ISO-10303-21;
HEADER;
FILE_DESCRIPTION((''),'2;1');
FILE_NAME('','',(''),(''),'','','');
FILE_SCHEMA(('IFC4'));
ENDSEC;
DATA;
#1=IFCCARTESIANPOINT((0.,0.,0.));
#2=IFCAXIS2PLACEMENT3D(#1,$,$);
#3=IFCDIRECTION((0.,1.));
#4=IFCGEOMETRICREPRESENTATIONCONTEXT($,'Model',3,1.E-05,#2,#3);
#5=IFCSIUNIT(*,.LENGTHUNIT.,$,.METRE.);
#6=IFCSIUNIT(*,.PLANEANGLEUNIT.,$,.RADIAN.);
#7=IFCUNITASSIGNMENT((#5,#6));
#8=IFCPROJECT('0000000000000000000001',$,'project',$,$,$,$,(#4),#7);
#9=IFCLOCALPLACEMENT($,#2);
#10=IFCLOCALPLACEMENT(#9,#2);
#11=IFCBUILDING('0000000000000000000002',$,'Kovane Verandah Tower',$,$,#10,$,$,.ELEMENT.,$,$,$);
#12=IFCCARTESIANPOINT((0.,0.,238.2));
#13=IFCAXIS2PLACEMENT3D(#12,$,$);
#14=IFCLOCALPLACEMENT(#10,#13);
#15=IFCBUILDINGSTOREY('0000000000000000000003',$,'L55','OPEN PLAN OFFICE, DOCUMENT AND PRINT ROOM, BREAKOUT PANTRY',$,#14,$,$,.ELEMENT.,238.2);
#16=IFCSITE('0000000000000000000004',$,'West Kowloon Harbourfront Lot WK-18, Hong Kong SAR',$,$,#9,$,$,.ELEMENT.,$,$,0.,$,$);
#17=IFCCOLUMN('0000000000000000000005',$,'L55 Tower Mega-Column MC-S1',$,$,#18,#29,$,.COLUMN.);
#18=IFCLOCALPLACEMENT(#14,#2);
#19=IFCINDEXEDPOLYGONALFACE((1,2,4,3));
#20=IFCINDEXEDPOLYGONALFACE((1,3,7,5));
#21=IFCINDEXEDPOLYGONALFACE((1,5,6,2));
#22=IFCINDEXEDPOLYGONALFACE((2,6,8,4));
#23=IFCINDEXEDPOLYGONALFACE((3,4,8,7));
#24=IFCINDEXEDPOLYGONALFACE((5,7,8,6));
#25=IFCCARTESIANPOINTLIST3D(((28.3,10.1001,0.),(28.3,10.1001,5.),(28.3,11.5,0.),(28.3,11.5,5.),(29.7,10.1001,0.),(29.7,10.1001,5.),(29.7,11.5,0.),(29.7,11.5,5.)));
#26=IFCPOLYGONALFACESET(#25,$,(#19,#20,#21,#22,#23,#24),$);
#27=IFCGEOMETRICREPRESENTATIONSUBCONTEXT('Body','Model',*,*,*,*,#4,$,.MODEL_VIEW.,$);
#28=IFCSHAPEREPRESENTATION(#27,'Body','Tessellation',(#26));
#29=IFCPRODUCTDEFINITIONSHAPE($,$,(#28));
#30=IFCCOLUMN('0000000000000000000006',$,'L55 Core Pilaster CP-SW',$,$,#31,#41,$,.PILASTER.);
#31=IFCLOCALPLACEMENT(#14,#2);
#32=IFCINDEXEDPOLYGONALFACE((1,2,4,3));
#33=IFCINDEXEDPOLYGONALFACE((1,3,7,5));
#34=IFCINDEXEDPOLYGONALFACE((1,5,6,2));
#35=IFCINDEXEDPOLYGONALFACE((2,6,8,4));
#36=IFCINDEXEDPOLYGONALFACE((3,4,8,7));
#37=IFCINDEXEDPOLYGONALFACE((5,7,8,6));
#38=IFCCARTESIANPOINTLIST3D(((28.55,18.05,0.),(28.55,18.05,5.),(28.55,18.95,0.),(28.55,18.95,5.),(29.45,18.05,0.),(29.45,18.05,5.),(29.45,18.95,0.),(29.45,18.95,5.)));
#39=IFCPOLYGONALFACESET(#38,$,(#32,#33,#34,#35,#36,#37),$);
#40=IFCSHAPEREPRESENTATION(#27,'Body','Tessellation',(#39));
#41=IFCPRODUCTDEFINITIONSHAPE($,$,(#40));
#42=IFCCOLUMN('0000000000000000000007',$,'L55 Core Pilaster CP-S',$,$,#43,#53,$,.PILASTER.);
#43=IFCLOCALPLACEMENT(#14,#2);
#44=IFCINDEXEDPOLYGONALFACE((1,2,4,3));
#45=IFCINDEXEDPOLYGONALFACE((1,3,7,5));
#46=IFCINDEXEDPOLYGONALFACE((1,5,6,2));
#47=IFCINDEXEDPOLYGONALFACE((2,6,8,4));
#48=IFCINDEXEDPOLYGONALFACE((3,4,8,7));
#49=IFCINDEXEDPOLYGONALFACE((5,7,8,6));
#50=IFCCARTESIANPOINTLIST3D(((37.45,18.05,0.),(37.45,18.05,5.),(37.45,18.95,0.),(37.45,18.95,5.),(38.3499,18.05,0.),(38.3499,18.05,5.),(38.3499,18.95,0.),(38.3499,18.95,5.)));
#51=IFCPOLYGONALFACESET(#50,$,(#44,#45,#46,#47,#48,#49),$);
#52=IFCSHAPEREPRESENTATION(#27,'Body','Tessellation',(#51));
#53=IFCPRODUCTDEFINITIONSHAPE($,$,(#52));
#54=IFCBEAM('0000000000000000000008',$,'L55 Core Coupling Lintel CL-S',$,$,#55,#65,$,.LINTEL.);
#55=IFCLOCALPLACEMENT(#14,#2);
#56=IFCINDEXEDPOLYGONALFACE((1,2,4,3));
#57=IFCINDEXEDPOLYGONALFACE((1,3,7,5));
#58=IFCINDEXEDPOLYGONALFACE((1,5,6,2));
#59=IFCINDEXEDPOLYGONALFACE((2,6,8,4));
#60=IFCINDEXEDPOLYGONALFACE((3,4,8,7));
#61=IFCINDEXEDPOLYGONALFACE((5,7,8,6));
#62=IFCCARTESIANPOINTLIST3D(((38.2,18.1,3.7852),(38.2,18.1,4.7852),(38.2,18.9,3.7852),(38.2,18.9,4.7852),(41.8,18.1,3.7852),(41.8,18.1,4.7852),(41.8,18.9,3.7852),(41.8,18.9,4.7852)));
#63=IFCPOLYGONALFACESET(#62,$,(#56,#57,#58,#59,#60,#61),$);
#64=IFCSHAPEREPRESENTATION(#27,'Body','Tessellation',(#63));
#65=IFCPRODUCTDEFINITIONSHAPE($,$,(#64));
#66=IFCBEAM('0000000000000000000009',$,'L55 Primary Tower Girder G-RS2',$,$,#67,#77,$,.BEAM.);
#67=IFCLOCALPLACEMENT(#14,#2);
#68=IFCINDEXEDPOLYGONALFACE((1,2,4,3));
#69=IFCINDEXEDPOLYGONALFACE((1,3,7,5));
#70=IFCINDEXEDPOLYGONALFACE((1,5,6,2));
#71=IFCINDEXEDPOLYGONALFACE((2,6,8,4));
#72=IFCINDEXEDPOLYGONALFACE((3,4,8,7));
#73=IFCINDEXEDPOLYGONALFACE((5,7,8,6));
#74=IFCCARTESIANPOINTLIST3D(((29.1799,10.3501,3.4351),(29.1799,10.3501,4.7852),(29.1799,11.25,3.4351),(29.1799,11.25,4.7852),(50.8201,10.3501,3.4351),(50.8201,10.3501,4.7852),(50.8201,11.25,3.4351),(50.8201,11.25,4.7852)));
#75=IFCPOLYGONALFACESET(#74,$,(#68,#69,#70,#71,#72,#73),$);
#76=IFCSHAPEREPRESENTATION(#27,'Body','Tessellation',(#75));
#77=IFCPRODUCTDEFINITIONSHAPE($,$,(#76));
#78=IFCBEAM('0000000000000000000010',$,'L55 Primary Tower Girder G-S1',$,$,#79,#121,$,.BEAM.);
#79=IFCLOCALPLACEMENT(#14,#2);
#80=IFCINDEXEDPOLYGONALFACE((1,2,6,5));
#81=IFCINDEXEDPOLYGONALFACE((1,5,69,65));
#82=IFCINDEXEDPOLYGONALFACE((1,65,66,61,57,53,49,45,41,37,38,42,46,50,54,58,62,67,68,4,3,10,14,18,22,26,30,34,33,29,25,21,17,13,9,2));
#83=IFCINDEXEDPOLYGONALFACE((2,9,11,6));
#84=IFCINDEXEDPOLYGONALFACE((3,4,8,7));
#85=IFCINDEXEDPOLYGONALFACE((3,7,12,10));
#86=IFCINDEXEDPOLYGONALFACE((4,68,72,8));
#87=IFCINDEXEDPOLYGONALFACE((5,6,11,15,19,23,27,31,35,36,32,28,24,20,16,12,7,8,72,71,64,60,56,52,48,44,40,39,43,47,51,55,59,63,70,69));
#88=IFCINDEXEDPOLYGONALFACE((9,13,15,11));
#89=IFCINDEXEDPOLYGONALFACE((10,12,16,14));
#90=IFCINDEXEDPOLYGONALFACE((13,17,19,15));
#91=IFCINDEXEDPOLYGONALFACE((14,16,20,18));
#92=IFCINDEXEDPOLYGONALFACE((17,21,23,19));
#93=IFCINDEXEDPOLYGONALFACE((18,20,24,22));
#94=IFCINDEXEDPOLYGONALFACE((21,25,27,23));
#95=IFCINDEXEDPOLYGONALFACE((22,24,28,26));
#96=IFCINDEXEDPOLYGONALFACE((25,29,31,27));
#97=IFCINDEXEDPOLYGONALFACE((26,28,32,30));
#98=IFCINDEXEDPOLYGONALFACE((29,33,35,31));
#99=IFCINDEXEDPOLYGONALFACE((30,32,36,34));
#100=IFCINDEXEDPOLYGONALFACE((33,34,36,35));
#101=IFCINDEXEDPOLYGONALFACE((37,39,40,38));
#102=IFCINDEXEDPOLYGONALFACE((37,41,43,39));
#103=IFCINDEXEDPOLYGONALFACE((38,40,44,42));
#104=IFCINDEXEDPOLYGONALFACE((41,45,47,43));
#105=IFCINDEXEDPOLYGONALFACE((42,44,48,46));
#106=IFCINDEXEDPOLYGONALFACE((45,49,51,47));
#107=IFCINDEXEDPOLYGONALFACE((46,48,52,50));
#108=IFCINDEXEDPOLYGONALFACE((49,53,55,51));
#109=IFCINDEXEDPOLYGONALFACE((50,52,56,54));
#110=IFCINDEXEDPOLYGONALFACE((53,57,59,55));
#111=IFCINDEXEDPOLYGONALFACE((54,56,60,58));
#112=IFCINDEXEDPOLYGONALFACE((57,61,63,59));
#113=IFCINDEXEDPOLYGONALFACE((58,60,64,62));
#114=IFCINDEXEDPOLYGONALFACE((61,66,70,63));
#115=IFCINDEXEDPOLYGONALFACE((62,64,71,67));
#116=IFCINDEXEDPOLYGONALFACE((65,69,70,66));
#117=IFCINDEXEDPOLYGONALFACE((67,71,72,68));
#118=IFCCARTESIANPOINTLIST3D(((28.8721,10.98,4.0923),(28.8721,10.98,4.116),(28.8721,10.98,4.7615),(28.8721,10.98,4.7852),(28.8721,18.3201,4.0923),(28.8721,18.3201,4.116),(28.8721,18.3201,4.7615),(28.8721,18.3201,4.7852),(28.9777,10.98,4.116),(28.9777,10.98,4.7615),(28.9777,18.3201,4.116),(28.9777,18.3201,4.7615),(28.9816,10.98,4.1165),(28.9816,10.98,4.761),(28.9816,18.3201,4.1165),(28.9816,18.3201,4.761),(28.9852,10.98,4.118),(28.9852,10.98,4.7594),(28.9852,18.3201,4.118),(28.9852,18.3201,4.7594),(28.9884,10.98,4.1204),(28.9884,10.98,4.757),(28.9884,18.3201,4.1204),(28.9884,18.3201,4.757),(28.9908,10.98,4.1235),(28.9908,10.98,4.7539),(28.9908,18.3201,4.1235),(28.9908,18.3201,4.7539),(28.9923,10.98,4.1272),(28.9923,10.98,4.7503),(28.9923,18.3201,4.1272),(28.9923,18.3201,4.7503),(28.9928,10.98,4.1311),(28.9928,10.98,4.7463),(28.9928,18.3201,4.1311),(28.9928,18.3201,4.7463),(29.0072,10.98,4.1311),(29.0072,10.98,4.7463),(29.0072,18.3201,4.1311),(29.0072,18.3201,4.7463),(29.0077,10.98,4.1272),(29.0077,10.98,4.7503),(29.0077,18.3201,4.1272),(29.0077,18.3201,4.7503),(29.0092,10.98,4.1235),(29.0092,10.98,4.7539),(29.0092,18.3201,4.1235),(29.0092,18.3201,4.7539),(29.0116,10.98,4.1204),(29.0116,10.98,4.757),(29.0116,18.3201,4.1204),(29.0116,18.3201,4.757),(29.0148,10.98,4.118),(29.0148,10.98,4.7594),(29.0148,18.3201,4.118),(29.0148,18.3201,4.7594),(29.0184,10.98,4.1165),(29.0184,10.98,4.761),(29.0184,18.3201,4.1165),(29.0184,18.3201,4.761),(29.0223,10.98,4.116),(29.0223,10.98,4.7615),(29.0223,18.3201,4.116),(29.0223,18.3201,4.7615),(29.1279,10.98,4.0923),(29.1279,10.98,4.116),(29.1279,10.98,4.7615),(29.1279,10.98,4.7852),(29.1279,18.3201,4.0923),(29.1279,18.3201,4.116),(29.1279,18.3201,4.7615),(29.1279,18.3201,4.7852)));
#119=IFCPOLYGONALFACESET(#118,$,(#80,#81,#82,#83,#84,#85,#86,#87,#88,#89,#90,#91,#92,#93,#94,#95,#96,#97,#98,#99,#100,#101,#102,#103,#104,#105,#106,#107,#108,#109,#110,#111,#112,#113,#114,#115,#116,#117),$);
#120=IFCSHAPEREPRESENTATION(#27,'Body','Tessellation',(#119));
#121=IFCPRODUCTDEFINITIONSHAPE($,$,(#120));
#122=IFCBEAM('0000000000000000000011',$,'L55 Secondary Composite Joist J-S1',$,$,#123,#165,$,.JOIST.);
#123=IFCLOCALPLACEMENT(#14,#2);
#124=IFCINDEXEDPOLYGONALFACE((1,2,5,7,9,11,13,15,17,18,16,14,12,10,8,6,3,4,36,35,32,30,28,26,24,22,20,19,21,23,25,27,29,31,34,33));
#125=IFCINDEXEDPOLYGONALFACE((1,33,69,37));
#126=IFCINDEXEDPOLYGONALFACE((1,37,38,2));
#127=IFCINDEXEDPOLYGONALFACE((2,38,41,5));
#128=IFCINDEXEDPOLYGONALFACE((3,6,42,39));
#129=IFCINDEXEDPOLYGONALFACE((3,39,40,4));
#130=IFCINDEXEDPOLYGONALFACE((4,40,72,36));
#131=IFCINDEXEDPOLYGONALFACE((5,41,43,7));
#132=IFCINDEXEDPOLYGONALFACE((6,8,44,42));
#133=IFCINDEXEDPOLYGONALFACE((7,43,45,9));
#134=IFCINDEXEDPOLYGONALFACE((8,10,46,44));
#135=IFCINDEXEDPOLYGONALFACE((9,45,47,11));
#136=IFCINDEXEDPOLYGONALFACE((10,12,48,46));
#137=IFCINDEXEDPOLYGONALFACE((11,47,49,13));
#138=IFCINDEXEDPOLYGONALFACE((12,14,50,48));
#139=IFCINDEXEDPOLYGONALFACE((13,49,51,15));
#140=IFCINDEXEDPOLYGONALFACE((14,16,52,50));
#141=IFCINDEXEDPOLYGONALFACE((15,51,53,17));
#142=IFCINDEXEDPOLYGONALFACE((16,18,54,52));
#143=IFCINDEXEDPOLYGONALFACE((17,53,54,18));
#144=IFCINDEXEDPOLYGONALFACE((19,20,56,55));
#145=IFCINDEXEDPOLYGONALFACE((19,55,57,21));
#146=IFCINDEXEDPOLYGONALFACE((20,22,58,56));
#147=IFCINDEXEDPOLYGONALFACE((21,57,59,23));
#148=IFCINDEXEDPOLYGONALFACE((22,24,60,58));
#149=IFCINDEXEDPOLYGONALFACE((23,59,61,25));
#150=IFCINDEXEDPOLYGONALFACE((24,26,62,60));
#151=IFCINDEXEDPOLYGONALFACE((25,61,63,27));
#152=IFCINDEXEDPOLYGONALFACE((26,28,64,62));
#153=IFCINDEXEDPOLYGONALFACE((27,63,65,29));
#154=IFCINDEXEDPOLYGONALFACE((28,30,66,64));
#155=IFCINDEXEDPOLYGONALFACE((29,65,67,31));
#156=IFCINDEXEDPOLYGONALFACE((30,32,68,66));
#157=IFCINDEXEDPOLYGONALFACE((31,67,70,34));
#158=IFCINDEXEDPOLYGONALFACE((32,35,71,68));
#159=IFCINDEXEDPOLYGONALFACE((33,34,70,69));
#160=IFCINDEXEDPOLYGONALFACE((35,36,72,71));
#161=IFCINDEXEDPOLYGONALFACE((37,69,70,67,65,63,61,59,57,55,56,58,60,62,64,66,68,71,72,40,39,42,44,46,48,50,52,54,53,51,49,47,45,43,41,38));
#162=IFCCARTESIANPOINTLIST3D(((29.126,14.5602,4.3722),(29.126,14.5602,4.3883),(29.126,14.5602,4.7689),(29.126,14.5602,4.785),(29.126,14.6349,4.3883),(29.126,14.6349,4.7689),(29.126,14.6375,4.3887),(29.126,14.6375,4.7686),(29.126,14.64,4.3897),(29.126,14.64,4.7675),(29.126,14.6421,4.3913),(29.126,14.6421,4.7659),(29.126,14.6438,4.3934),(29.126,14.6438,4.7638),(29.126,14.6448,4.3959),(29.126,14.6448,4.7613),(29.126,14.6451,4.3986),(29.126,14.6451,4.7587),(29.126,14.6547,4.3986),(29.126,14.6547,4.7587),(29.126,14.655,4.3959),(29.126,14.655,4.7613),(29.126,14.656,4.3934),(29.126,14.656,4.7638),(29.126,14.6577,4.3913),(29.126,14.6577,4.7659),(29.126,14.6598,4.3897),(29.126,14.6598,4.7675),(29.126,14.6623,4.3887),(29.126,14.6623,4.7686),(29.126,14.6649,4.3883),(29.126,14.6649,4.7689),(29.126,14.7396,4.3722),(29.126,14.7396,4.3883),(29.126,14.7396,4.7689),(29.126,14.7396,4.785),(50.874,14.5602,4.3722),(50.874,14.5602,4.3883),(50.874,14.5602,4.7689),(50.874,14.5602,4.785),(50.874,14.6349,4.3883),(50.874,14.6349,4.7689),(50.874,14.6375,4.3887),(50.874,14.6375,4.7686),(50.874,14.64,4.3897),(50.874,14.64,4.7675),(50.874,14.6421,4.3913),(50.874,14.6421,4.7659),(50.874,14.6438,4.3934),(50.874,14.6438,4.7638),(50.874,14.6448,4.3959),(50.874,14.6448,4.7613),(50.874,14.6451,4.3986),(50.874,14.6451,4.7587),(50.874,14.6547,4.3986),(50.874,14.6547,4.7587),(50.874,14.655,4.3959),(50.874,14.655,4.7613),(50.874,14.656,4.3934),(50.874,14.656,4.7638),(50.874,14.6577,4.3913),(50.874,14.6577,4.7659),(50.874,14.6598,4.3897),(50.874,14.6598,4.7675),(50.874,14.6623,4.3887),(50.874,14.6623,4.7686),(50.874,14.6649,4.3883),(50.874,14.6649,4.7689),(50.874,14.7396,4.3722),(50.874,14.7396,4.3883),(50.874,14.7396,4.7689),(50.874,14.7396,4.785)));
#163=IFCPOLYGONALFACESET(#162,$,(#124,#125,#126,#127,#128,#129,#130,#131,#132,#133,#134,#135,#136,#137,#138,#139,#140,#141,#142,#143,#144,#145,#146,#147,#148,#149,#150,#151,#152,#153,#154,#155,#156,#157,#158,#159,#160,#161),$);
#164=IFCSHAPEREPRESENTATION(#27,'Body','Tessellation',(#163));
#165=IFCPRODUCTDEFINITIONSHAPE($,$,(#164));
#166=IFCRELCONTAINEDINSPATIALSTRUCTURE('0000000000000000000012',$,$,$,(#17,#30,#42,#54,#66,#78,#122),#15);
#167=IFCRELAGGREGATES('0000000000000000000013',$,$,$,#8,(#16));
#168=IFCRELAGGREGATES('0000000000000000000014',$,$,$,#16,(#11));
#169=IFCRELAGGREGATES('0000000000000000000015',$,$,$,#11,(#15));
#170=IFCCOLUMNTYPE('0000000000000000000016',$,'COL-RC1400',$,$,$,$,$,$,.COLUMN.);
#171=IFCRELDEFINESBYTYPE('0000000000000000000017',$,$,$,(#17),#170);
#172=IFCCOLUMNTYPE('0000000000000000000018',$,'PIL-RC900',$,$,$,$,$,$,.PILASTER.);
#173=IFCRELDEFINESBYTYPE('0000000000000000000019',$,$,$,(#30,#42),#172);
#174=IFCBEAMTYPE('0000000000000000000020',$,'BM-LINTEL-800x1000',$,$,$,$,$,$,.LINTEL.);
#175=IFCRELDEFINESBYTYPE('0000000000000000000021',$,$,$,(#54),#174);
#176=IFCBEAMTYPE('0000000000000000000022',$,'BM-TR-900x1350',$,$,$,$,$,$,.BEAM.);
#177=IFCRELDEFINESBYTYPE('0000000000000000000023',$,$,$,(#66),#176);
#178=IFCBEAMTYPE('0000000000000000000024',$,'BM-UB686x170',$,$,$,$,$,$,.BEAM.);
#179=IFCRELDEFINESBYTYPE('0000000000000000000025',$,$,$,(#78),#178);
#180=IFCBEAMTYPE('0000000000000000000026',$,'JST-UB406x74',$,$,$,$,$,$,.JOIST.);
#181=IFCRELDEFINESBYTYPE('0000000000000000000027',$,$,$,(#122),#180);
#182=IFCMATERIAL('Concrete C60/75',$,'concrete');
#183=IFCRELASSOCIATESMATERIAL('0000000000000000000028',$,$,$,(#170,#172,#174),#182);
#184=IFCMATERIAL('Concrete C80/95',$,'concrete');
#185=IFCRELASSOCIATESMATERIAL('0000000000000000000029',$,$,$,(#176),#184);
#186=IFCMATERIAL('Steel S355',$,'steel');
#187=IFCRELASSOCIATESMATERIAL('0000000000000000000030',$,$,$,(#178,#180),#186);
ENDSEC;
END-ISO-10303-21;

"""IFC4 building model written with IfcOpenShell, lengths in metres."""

from ifc_helpers import new_model, si_unit, direction, frame, origin, origin_2d, place, context, subcontext, project, spatial, rectangle, i_section, extrude, material, material_profile, profile_set, type_object, element, save


model = new_model("IFC4")

# Units and contexts
model_context = context("Model", 3, precision=1e-05, world=origin(), true_north=direction((0.0, 1.0)))
body_context = subcontext(model_context, "Body", "Model", "MODEL_VIEW")
ifc_project = project(units=[si_unit("LENGTHUNIT", "METRE"), si_unit("PLANEANGLEUNIT", "RADIAN")], contexts=[model_context])

# Site, building, storey
site_placement = place(None, origin())
site = spatial("IfcSite", under=ifc_project, at=site_placement, Name="West Kowloon Harbourfront Lot WK-18, Hong Kong SAR", CompositionType="ELEMENT", RefElevation=0.0)
building_placement = place(site_placement, origin())
building = spatial("IfcBuilding", under=site, at=building_placement, Name="Kovane Verandah Tower", CompositionType="ELEMENT")
storey_placement = place(building_placement, frame((0.0, 0.0, 238.2)))
storey = spatial("IfcBuildingStorey", under=building, at=storey_placement, Name="L55", Description="OPEN PLAN OFFICE, DOCUMENT AND PRINT ROOM, BREAKOUT PANTRY", CompositionType="ELEMENT", Elevation=238.2)

# Columns
ifc_material_1 = material(Name="Concrete C60/75", Category="concrete")
ifc_material_profile_1 = material_profile(ifc_material_1, rectangle(XDim=1.3999, YDim=1.3999, at=origin_2d()), Name="RC1400x1400")
ifc_profile_set_1 = profile_set([ifc_material_profile_1], Name="Concrete C60/75")
column_type_1 = type_object("IfcColumnType", Name="COL-RC1400", PredefinedType="COLUMN", material=ifc_profile_set_1)
column_placement = place(storey_placement, frame((29.0, 10.8, 0.0), z_axis=(0.0, 0.0, 1.0), x_axis=(1.0, 0.0, 0.0)))
element("IfcColumn", 1, at=column_placement, inside=storey, type_object=column_type_1, Name="L55 Tower Mega-Column MC-S1", PredefinedType="COLUMN", context=body_context, shape_type="SweptSolid", body=[
    extrude(rectangle(XDim=1.3999, YDim=1.3999, at=origin_2d()), origin(), (0.0, 0.0, 1.0), 5.0),
])
ifc_material_profile_2 = material_profile(ifc_material_1, rectangle(XDim=0.8999, YDim=0.8999, at=origin_2d()), Name="RC900x900")
ifc_profile_set_2 = profile_set([ifc_material_profile_2], Name="Concrete C60/75")
column_type_2 = type_object("IfcColumnType", Name="PIL-RC900", PredefinedType="PILASTER", material=ifc_profile_set_2)
for number, where, z_axis, x_axis, name in (
    (2, (29.0, 18.5, 0.0), (0.0, 0.0, 1.0), (1.0, 0.0, 0.0), "L55 Core Pilaster CP-SW"),
    (3, (37.8999, 18.5, 0.0), (0.0, 0.0, 1.0), (1.0, 0.0, 0.0), "L55 Core Pilaster CP-S"),
):
    element("IfcColumn", number, at=place(storey_placement, frame(where, z_axis=z_axis, x_axis=x_axis)), inside=storey, type_object=column_type_2, Name=name, PredefinedType="PILASTER", context=body_context, shape_type="SweptSolid", body=[
        extrude(rectangle(XDim=0.8999, YDim=0.8999, at=origin_2d()), origin(), (0.0, 0.0, 1.0), 5.0),
    ])

# Beams
ifc_material_profile_3 = material_profile(ifc_material_1, rectangle(XDim=0.8, YDim=1.0, at=origin_2d()), Name="RCB800x1000")
ifc_profile_set_3 = profile_set([ifc_material_profile_3], Name="Concrete C60/75")
beam_type_1 = type_object("IfcBeamType", Name="BM-LINTEL-800x1000", PredefinedType="LINTEL", material=ifc_profile_set_3)
beam_1_placement = place(storey_placement, frame((38.2, 18.5, 4.2852), z_axis=(1.0, 0.0, 0.0), x_axis=(0.0, 1.0, 0.0)))
element("IfcBeam", 4, at=beam_1_placement, inside=storey, type_object=beam_type_1, Name="L55 Core Coupling Lintel CL-S", PredefinedType="LINTEL", context=body_context, shape_type="SweptSolid", body=[
    extrude(rectangle(XDim=0.8, YDim=1.0, at=origin_2d()), origin(), (0.0, 0.0, 1.0), 3.6001),
])
ifc_material_2 = material(Name="Concrete C80/95", Category="concrete")
ifc_material_profile_4 = material_profile(ifc_material_2, rectangle(XDim=0.8999, YDim=1.3501, at=origin_2d()), Name="RCB900x1350")
ifc_profile_set_4 = profile_set([ifc_material_profile_4], Name="Concrete C80/95")
beam_type_2 = type_object("IfcBeamType", Name="BM-TR-900x1350", PredefinedType="BEAM", material=ifc_profile_set_4)
beam_2_placement = place(storey_placement, frame((29.1799, 10.8, 4.1101), z_axis=(1.0, 0.0, 0.0), x_axis=(0.0, 1.0, 0.0)))
element("IfcBeam", 5, at=beam_2_placement, inside=storey, type_object=beam_type_2, Name="L55 Primary Tower Girder G-RS2", PredefinedType="BEAM", context=body_context, shape_type="SweptSolid", body=[
    extrude(rectangle(XDim=0.8999, YDim=1.3501, at=origin_2d()), origin(), (0.0, 0.0, 1.0), 21.6401),
])
ifc_material_3 = material(Name="Steel S355", Category="steel")
ifc_material_profile_5 = material_profile(ifc_material_3, i_section(OverallWidth=0.2559, OverallDepth=0.6929, WebThickness=0.0144, FlangeThickness=0.0237, FilletRadius=0.0151, at=origin_2d()), Name="UB686x254x170")
ifc_profile_set_5 = profile_set([ifc_material_profile_5], Name="Steel S355")
beam_type_3 = type_object("IfcBeamType", Name="BM-UB686x170", PredefinedType="BEAM", material=ifc_profile_set_5)
beam_3_placement = place(storey_placement, frame((29.0, 18.3201, 4.4387), z_axis=(0.0, -1.0, 0.0), x_axis=(1.0, 0.0, 0.0)))
element("IfcBeam", 6, at=beam_3_placement, inside=storey, type_object=beam_type_3, Name="L55 Primary Tower Girder G-S1", PredefinedType="BEAM", context=body_context, shape_type="SweptSolid", body=[
    extrude(i_section(OverallWidth=0.2559, OverallDepth=0.6929, WebThickness=0.0144, FlangeThickness=0.0237, FilletRadius=0.0151, at=origin_2d()), origin(), (0.0, 0.0, 1.0), 7.3401),
])
ifc_material_profile_6 = material_profile(ifc_material_3, i_section(OverallWidth=0.1794, OverallDepth=0.4128, WebThickness=0.0095, FlangeThickness=0.0161, FilletRadius=0.0103, at=origin_2d()), Name="UB406x178x74")
ifc_profile_set_6 = profile_set([ifc_material_profile_6], Name="Steel S355")
beam_type_4 = type_object("IfcBeamType", Name="JST-UB406x74", PredefinedType="JOIST", material=ifc_profile_set_6)
beam_4_placement = place(storey_placement, frame((29.126, 14.6499, 4.5786), z_axis=(1.0, 0.0, 0.0), x_axis=(0.0, 1.0, 0.0)))
element("IfcBeam", 7, at=beam_4_placement, inside=storey, type_object=beam_type_4, Name="L55 Secondary Composite Joist J-S1", PredefinedType="JOIST", context=body_context, shape_type="SweptSolid", body=[
    extrude(i_section(OverallWidth=0.1794, OverallDepth=0.4128, WebThickness=0.0095, FlangeThickness=0.0161, FilletRadius=0.0103, at=origin_2d()), origin(), (0.0, 0.0, 1.0), 21.748),
])

save(model, "model.ifc")
